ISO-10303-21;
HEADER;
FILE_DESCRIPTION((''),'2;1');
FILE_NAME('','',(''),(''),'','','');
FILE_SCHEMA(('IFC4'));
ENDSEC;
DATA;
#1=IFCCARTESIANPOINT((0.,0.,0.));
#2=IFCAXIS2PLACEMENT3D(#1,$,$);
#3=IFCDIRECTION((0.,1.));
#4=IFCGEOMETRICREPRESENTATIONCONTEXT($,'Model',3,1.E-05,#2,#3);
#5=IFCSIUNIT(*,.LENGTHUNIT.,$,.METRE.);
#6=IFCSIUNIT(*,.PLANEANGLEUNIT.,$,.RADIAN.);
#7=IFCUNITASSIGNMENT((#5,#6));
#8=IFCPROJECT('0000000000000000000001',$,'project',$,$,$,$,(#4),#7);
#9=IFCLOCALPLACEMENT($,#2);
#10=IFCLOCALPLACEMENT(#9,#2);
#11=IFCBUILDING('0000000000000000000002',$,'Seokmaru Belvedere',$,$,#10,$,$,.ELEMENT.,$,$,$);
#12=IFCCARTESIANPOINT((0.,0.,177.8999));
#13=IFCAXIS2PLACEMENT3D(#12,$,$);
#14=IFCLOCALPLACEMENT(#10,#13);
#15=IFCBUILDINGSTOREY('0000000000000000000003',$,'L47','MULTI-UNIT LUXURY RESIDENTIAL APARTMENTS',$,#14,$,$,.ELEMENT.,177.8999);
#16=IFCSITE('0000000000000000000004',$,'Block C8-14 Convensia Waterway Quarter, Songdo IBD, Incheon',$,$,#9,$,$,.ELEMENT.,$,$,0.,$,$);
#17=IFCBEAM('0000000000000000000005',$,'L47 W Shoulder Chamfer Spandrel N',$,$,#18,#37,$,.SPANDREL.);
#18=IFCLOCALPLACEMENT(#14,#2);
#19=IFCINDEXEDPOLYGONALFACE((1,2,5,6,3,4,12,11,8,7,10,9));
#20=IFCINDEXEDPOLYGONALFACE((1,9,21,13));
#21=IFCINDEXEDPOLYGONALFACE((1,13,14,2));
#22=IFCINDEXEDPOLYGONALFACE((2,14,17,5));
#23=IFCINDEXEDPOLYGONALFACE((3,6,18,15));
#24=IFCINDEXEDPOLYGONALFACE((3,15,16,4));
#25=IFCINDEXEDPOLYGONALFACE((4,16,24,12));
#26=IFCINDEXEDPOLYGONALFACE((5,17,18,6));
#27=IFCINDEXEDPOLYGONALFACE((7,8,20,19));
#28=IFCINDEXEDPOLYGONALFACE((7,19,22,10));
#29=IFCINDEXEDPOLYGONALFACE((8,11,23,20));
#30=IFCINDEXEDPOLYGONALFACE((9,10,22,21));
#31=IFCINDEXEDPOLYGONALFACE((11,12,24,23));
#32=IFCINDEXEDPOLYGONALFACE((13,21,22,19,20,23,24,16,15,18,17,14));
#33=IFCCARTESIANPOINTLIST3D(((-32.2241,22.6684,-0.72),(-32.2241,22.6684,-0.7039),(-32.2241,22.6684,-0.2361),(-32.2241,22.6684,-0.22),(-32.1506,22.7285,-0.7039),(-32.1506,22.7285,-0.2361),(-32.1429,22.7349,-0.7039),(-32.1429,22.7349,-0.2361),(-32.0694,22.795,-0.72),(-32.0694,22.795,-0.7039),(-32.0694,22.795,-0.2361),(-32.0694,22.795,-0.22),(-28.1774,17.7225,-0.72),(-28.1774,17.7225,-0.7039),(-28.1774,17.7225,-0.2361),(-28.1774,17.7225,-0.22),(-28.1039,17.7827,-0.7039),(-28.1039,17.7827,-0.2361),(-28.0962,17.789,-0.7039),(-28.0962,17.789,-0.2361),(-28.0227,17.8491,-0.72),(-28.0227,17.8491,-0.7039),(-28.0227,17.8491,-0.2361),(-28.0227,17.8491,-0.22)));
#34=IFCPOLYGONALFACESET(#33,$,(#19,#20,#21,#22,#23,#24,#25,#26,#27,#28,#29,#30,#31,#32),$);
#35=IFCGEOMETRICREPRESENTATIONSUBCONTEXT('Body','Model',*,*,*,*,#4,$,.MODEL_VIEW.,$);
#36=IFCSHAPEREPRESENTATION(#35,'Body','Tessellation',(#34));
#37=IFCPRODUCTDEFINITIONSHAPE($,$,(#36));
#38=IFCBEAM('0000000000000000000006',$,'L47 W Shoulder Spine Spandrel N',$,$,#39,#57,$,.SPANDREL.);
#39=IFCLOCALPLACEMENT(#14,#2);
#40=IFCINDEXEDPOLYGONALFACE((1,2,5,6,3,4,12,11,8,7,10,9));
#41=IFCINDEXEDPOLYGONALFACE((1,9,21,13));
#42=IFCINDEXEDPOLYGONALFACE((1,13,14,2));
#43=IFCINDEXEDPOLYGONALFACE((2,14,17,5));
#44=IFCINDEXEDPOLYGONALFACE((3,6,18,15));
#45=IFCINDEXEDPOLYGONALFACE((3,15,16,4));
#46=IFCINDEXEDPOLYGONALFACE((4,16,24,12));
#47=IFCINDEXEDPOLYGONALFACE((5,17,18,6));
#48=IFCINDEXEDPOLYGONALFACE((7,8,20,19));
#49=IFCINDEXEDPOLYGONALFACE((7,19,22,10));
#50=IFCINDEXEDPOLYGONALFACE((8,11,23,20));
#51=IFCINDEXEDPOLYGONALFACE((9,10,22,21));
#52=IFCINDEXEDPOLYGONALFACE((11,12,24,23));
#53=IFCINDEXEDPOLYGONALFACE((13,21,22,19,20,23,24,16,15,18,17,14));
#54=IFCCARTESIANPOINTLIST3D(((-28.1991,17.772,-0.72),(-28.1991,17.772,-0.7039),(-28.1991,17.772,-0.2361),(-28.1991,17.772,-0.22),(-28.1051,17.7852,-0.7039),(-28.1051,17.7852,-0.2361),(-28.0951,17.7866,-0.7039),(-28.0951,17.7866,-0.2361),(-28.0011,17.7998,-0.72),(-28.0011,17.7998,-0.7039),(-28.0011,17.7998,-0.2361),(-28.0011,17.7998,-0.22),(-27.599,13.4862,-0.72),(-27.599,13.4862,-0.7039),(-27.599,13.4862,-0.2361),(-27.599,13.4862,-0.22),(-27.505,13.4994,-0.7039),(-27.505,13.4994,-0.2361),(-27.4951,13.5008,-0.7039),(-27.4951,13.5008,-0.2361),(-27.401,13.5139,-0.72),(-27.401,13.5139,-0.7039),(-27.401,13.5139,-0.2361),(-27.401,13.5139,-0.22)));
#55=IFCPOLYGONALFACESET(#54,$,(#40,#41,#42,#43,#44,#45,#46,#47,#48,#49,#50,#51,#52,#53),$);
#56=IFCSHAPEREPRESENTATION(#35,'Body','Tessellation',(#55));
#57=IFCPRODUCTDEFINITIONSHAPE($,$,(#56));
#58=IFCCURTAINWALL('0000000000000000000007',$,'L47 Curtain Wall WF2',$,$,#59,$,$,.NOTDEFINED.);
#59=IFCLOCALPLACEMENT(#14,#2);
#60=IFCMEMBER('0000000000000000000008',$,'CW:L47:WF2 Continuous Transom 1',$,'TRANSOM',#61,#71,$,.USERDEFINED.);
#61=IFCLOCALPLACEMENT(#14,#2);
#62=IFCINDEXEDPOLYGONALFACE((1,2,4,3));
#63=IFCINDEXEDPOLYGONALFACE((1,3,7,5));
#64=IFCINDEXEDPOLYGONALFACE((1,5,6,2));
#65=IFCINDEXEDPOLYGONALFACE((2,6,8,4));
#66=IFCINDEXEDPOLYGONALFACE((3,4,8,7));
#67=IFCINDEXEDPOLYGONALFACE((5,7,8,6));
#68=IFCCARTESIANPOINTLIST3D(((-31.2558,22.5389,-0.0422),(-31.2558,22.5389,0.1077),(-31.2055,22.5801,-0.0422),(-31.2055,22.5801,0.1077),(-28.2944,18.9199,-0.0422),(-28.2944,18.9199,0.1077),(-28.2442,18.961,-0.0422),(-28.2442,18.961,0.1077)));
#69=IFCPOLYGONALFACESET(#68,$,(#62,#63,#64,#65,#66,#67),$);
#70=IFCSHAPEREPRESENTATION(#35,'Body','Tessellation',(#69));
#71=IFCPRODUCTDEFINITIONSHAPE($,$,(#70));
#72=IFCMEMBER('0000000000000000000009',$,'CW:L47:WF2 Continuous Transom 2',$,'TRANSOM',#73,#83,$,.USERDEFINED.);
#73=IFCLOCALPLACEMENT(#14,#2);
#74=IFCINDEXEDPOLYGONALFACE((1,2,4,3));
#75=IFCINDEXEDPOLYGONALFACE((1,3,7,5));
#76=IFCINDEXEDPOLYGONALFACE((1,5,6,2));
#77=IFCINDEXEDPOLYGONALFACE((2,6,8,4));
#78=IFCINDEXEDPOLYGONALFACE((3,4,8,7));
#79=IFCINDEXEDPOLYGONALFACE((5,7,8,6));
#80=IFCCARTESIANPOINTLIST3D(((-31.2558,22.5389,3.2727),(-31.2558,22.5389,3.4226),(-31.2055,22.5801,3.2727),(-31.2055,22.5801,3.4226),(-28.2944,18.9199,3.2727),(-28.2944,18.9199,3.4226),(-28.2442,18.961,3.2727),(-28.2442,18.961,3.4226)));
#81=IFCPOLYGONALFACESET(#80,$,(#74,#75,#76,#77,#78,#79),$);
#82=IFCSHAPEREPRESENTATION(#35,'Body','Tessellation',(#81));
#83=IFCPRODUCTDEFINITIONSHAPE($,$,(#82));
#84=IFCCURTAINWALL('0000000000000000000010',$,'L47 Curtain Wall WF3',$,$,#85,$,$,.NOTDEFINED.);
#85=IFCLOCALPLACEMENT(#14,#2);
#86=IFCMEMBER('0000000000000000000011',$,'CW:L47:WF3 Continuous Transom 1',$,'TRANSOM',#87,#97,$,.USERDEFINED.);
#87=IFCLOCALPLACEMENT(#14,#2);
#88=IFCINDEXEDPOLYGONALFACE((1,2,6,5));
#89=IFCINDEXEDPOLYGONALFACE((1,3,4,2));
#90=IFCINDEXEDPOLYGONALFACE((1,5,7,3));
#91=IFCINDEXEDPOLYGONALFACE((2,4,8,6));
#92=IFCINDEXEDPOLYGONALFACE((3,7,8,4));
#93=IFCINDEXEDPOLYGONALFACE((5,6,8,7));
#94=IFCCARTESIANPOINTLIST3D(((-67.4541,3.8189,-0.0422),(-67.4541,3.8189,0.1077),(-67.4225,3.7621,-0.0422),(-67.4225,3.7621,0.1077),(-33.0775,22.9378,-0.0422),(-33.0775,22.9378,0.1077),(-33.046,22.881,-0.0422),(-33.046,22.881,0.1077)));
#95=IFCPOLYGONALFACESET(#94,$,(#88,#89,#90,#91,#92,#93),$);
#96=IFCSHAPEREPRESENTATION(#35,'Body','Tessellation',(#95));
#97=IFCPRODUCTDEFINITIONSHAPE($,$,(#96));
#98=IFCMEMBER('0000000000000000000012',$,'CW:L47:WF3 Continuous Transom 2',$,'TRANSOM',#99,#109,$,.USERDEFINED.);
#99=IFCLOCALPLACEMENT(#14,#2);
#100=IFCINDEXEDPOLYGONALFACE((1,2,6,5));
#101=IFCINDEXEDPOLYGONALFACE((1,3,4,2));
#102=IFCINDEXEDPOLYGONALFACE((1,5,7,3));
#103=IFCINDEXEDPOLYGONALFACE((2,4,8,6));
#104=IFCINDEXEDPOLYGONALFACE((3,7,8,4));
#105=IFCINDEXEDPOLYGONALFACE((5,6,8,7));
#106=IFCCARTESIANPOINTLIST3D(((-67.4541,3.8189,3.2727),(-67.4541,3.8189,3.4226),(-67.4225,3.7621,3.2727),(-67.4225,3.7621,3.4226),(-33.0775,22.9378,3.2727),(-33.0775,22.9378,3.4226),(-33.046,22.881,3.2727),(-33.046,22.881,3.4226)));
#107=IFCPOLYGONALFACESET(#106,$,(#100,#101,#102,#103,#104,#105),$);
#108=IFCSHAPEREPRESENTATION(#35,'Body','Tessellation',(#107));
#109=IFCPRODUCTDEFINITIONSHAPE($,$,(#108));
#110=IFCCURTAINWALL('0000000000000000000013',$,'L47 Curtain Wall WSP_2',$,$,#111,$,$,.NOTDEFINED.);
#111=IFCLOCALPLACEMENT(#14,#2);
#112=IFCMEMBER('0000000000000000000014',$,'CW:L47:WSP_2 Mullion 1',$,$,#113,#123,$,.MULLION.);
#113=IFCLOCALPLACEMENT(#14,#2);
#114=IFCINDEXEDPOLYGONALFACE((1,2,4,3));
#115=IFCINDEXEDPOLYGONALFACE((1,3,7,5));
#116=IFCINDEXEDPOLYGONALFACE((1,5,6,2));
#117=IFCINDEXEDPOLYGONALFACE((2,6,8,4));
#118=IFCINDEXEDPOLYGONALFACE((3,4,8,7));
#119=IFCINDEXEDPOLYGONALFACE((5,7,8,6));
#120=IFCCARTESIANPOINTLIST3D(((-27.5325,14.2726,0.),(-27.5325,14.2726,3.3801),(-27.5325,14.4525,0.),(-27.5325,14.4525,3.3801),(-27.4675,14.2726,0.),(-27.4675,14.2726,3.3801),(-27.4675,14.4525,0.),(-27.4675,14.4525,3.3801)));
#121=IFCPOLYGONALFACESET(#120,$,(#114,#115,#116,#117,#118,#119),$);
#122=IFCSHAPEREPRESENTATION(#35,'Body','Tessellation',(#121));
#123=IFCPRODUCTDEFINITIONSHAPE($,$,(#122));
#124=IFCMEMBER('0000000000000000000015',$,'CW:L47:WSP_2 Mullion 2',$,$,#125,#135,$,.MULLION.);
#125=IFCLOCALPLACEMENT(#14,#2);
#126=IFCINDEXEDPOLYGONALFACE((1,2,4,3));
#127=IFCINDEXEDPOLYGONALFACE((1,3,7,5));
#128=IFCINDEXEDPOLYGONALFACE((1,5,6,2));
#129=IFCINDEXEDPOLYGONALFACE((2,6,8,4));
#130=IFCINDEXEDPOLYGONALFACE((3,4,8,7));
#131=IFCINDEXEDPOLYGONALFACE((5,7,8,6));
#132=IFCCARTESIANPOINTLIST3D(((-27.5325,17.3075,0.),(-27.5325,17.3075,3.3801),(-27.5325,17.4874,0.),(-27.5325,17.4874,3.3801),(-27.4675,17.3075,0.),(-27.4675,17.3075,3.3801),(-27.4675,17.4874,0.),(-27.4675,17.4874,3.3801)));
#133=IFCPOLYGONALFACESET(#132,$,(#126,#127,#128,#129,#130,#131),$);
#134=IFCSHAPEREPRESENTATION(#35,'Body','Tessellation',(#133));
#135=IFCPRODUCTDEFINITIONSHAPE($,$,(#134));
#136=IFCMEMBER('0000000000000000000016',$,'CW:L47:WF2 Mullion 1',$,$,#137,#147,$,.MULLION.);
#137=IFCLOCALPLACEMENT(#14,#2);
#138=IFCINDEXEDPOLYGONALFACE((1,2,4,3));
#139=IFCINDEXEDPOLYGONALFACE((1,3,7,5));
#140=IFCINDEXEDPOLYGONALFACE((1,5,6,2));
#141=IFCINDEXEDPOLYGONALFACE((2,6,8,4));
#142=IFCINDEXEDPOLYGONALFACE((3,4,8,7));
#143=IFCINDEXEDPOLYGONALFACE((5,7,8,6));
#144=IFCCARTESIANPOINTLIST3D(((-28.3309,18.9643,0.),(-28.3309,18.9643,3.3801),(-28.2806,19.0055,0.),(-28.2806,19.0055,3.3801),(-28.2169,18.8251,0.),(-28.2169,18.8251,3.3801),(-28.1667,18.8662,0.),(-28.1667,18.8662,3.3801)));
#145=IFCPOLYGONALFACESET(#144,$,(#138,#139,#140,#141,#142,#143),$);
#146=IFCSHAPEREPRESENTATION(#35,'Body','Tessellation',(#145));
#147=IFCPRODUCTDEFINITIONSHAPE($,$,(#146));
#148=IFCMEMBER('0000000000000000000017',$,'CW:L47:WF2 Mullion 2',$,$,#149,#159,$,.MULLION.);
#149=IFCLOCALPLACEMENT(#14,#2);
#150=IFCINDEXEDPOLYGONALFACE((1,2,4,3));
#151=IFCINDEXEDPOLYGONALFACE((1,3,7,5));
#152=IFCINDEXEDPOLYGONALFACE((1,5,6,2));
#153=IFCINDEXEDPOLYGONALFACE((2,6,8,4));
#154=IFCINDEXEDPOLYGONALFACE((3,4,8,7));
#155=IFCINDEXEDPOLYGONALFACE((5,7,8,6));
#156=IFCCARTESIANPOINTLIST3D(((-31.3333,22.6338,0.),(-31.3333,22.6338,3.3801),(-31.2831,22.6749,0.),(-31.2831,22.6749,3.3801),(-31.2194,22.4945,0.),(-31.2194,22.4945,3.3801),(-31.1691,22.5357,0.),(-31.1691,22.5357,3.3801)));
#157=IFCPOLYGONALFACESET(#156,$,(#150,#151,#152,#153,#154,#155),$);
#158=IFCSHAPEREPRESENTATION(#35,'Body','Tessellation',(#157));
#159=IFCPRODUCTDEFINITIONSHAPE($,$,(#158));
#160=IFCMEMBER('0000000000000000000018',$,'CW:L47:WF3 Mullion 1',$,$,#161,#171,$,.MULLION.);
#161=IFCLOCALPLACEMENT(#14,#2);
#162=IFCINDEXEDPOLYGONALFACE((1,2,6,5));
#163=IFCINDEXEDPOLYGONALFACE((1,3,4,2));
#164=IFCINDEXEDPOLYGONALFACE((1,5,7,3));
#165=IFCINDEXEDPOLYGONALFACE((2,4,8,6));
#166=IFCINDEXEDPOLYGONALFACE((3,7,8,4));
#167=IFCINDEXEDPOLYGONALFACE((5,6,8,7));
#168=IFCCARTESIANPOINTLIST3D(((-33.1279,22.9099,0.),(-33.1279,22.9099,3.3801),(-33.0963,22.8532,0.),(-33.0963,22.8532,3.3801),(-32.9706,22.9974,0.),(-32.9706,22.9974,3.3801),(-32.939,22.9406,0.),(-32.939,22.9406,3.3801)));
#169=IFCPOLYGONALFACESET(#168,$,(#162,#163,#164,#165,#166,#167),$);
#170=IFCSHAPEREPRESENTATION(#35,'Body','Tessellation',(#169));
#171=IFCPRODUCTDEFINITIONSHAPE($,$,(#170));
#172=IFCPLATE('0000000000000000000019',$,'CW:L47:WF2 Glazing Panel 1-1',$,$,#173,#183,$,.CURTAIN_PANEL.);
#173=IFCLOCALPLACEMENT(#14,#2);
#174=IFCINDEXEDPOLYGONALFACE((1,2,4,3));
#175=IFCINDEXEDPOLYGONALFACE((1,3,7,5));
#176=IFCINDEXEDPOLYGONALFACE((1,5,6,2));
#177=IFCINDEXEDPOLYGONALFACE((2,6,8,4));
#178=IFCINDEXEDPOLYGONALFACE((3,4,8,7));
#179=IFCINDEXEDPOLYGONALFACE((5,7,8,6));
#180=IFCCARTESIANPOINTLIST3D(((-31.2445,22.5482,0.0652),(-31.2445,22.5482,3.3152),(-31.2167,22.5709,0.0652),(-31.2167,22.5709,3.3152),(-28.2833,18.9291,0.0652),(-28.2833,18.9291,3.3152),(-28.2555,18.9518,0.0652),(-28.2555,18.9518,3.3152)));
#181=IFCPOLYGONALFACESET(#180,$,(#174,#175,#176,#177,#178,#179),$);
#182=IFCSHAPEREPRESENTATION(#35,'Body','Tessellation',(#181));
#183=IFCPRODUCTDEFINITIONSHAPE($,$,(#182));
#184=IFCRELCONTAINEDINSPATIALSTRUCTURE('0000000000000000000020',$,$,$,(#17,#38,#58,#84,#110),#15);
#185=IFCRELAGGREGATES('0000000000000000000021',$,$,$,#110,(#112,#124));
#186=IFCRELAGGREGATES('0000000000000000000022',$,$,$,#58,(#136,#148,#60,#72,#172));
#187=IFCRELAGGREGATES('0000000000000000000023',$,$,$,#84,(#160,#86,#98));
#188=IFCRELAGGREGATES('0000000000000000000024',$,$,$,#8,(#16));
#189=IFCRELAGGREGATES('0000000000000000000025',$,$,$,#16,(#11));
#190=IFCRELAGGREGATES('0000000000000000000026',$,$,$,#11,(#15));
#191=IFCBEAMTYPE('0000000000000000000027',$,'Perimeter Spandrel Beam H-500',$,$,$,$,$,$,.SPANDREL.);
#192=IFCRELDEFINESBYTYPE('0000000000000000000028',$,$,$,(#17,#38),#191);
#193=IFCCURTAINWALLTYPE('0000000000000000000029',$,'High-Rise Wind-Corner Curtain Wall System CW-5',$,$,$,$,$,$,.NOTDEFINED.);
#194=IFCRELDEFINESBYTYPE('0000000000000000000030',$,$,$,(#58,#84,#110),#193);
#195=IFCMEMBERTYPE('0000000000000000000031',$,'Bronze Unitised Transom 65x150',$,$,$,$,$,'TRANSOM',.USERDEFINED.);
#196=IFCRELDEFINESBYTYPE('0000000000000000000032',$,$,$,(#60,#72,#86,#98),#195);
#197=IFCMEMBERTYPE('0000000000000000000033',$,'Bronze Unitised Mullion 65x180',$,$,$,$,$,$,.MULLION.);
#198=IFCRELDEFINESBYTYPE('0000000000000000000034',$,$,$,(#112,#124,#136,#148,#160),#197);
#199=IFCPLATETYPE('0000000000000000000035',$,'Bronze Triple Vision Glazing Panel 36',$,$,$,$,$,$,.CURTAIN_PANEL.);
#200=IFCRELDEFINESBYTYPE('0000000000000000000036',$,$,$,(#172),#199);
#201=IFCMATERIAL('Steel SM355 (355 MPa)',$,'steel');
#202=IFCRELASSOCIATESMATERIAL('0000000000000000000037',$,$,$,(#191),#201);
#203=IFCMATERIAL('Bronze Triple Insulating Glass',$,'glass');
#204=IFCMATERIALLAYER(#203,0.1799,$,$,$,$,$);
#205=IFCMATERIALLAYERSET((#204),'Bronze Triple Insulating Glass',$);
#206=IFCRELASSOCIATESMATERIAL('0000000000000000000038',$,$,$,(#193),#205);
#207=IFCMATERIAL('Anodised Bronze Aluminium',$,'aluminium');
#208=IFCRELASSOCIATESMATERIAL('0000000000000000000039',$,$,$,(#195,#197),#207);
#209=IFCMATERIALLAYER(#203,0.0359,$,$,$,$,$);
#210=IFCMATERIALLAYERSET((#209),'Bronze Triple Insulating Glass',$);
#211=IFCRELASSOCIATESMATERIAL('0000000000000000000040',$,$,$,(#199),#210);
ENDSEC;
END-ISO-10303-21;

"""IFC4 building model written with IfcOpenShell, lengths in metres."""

from ifc_helpers import new_model, si_unit, direction, frame, origin, origin_2d, place, context, subcontext, project, spatial, rectangle, i_section, extrude, source, transform, mapped, material, layer, layer_set, material_profile, profile_set, type_object, type_shapes, element, aggregate, save


model = new_model("IFC4")

# Units and contexts
model_context = context("Model", 3, precision=1e-05, world=origin(), true_north=direction((0.0, 1.0)))
body_context = subcontext(model_context, "Body", "Model", "MODEL_VIEW")
ifc_project = project(units=[si_unit("LENGTHUNIT", "METRE"), si_unit("PLANEANGLEUNIT", "RADIAN")], contexts=[model_context])

# Site, building, storey
site_placement = place(None, origin())
site = spatial("IfcSite", under=ifc_project, at=site_placement, Name="Block C8-14 Convensia Waterway Quarter, Songdo IBD, Incheon", CompositionType="ELEMENT", RefElevation=0.0)
building_placement = place(site_placement, origin())
building = spatial("IfcBuilding", under=site, at=building_placement, Name="Seokmaru Belvedere", CompositionType="ELEMENT")
storey_placement = place(building_placement, frame((0.0, 0.0, 177.8999)))
storey = spatial("IfcBuildingStorey", under=building, at=storey_placement, Name="L47", Description="MULTI-UNIT LUXURY RESIDENTIAL APARTMENTS", CompositionType="ELEMENT", Elevation=177.8999)

# Shared definitions
ifc_material_1 = material(Name="Steel SM355 (355 MPa)", Category="steel")

# Beams
ifc_material_profile_1 = material_profile(ifc_material_1, i_section(OverallWidth=0.2, OverallDepth=0.5, WebThickness=0.01, FlangeThickness=0.0161, at=origin_2d()), Name="H-500x200x10x16")
ifc_profile_set_1 = profile_set([ifc_material_profile_1], Name="Steel SM355 (355 MPa)")
beam_type_1 = type_object("IfcBeamType", Name="Perimeter Spandrel Beam H-500", PredefinedType="SPANDREL", material=ifc_profile_set_1)
shared_shape_1 = source(origin(), body_context, "Body", "SweptSolid", [
    extrude(i_section(OverallWidth=0.2, OverallDepth=0.5, WebThickness=0.01, FlangeThickness=0.0161, at=origin_2d()), origin(), (0.0, 0.0, 1.0), 6.3904),
])
beam_1_placement = place(storey_placement, frame((-32.1467, 22.7317, -0.47), z_axis=(0.633244, -0.773952, 0.0), x_axis=(0.773952, 0.633244, 0.0)))
element("IfcBeam", 1, at=beam_1_placement, inside=storey, type_object=beam_type_1, Name="L47 W Shoulder Chamfer Spandrel N", PredefinedType="SPANDREL", context=body_context, shape_type="MappedRepresentation", body=[
    mapped(shared_shape_1, transform((0.0, 0.0, 0.0), scale=1.0)),
])
shared_shape_2 = source(origin(), body_context, "Body", "SweptSolid", [
    extrude(i_section(OverallWidth=0.2, OverallDepth=0.5, WebThickness=0.01, FlangeThickness=0.0161, at=origin_2d()), origin(), (0.0, 0.0, 1.0), 4.3276),
])
beam_2_placement = place(storey_placement, frame((-28.1001, 17.7859, -0.47), z_axis=(0.138664, -0.990339, 0.0), x_axis=(0.990339, 0.138664, 0.0)))
element("IfcBeam", 2, at=beam_2_placement, inside=storey, type_object=beam_type_1, Name="L47 W Shoulder Spine Spandrel N", PredefinedType="SPANDREL", context=body_context, shape_type="MappedRepresentation", body=[
    mapped(shared_shape_2, transform((0.0, 0.0, 0.0), scale=1.0)),
])

# Curtain walls, members
ifc_material_2 = material(Name="Bronze Triple Insulating Glass", Category="glass")
ifc_layer_1 = layer(ifc_material_2, 0.1799)
ifc_layer_set_1 = layer_set([ifc_layer_1], Name="Bronze Triple Insulating Glass")
curtain_wall_type = type_object("IfcCurtainWallType", Name="High-Rise Wind-Corner Curtain Wall System CW-5", PredefinedType="NOTDEFINED", material=ifc_layer_set_1)
curtain_wall_1_placement = place(storey_placement, origin())
curtain_wall_1 = element("IfcCurtainWall", 3, at=curtain_wall_1_placement, inside=storey, type_object=curtain_wall_type, Name="L47 Curtain Wall WF2", PredefinedType="NOTDEFINED")
ifc_material_3 = material(Name="Anodised Bronze Aluminium", Category="aluminium")
ifc_material_profile_2 = material_profile(ifc_material_3, rectangle(XDim=0.0649, YDim=0.1499, at=origin_2d()), Name="CW-T-65x150")
ifc_profile_set_2 = profile_set([ifc_material_profile_2], Name="Anodised Bronze Aluminium")
member_type_1 = type_object("IfcMemberType", Name="Bronze Unitised Transom 65x150", ElementType="TRANSOM", PredefinedType="USERDEFINED", material=ifc_profile_set_2)
shared_shape_3 = source(origin(), body_context, "Body", "SweptSolid", [
    extrude(rectangle(XDim=0.0649, YDim=0.1499, at=origin_2d()), origin(), (0.0, 0.0, 1.0), 4.6763),
])
member_1_placement = place(storey_placement, frame((-28.2693, 18.9404, 0.0327), z_axis=(-0.633278, 0.773925, 0.0), x_axis=(-0.773925, -0.633278, 0.0)))
member_1 = element("IfcMember", 4, at=member_1_placement, type_object=member_type_1, Name="CW:L47:WF2 Continuous Transom 1", ObjectType="TRANSOM", PredefinedType="USERDEFINED", context=body_context, shape_type="MappedRepresentation", body=[
    mapped(shared_shape_3, transform((0.0, 0.0, 0.0), scale=1.0)),
])
member_2_placement = place(storey_placement, frame((-28.2693, 18.9404, 3.3477), z_axis=(-0.633278, 0.773925, 0.0), x_axis=(-0.773925, -0.633278, 0.0)))
member_2 = element("IfcMember", 5, at=member_2_placement, type_object=member_type_1, Name="CW:L47:WF2 Continuous Transom 2", ObjectType="TRANSOM", PredefinedType="USERDEFINED", context=body_context, shape_type="MappedRepresentation", body=[
    mapped(shared_shape_3, transform((0.0, 0.0, 0.0), scale=1.0)),
])
curtain_wall_2_placement = place(storey_placement, origin())
curtain_wall_2 = element("IfcCurtainWall", 6, at=curtain_wall_2_placement, inside=storey, type_object=curtain_wall_type, Name="L47 Curtain Wall WF3", PredefinedType="NOTDEFINED")
shared_shape_4 = source(origin(), body_context, "Body", "SweptSolid", [
    extrude(rectangle(XDim=0.0649, YDim=0.1499, at=origin_2d()), origin(), (0.0, 0.0, 1.0), 39.3354),
])
type_shapes(member_type_1, [shared_shape_3, shared_shape_4])
member_3_placement = place(storey_placement, frame((-33.0618, 22.9094, 0.0327), z_axis=(-0.873932, -0.486048, 0.0), x_axis=(0.486048, -0.873932, 0.0)))
member_3 = element("IfcMember", 7, at=member_3_placement, type_object=member_type_1, Name="CW:L47:WF3 Continuous Transom 1", ObjectType="TRANSOM", PredefinedType="USERDEFINED", context=body_context, shape_type="MappedRepresentation", body=[
    mapped(shared_shape_4, transform((0.0, 0.0, 0.0), scale=1.0)),
])
member_4_placement = place(storey_placement, frame((-33.0618, 22.9094, 3.3477), z_axis=(-0.873932, -0.486048, 0.0), x_axis=(0.486048, -0.873932, 0.0)))
member_4 = element("IfcMember", 8, at=member_4_placement, type_object=member_type_1, Name="CW:L47:WF3 Continuous Transom 2", ObjectType="TRANSOM", PredefinedType="USERDEFINED", context=body_context, shape_type="MappedRepresentation", body=[
    mapped(shared_shape_4, transform((0.0, 0.0, 0.0), scale=1.0)),
])
curtain_wall_3_placement = place(storey_placement, origin())
curtain_wall_3 = element("IfcCurtainWall", 9, at=curtain_wall_3_placement, inside=storey, type_object=curtain_wall_type, Name="L47 Curtain Wall WSP_2", PredefinedType="NOTDEFINED")
ifc_material_profile_3 = material_profile(ifc_material_3, rectangle(XDim=0.0649, YDim=0.1799, at=origin_2d()), Name="CW-M-65x180")
ifc_profile_set_3 = profile_set([ifc_material_profile_3], Name="Anodised Bronze Aluminium")
member_type_2 = type_object("IfcMemberType", Name="Bronze Unitised Mullion 65x180", PredefinedType="MULLION", material=ifc_profile_set_3)
shared_shape_5 = source(origin(), body_context, "Body", "SweptSolid", [
    extrude(rectangle(XDim=0.0649, YDim=0.1799, at=origin_2d()), origin(), (0.0, 0.0, 1.0), 3.3801),
])
type_shapes(member_type_2, [shared_shape_5])
member_5_placement = place(storey_placement, frame((-27.5, 14.3625, 0.0), z_axis=(0.0, 0.0, 1.0), x_axis=(-1.0, 0.0, 0.0)))
member_5 = element("IfcMember", 10, at=member_5_placement, type_object=member_type_2, Name="CW:L47:WSP_2 Mullion 1", PredefinedType="MULLION", context=body_context, shape_type="MappedRepresentation", body=[
    mapped(shared_shape_5, transform((0.0, 0.0, 0.0), scale=1.0)),
])
member_6_placement = place(storey_placement, frame((-27.5, 17.3975, 0.0), z_axis=(0.0, 0.0, 1.0), x_axis=(-1.0, 0.0, 0.0)))
member_6 = element("IfcMember", 11, at=member_6_placement, type_object=member_type_2, Name="CW:L47:WSP_2 Mullion 2", PredefinedType="MULLION", context=body_context, shape_type="MappedRepresentation", body=[
    mapped(shared_shape_5, transform((0.0, 0.0, 0.0), scale=1.0)),
])
aggregate(curtain_wall_3, [member_5, member_6])

# Members
member_7_placement = place(storey_placement, frame((-28.2488, 18.9153, 0.0), z_axis=(0.0, 0.0, 1.0), x_axis=(-0.773944, -0.633254, 0.0)))
member_7 = element("IfcMember", 12, at=member_7_placement, type_object=member_type_2, Name="CW:L47:WF2 Mullion 1", PredefinedType="MULLION", context=body_context, shape_type="MappedRepresentation", body=[
    mapped(shared_shape_5, transform((0.0, 0.0, 0.0), scale=1.0)),
])
member_8_placement = place(storey_placement, frame((-31.2512, 22.5847, 0.0), z_axis=(0.0, 0.0, 1.0), x_axis=(-0.773944, -0.633254, 0.0)))
member_8 = element("IfcMember", 13, at=member_8_placement, type_object=member_type_2, Name="CW:L47:WF2 Mullion 2", PredefinedType="MULLION", context=body_context, shape_type="MappedRepresentation", body=[
    mapped(shared_shape_5, transform((0.0, 0.0, 0.0), scale=1.0)),
])
member_9_placement = place(storey_placement, frame((-33.0334, 22.9253, 0.0), z_axis=(0.0, 0.0, 1.0), x_axis=(0.486047, -0.873933, 0.0)))
member_9 = element("IfcMember", 14, at=member_9_placement, type_object=member_type_2, Name="CW:L47:WF3 Mullion 1", PredefinedType="MULLION", context=body_context, shape_type="MappedRepresentation", body=[
    mapped(shared_shape_5, transform((0.0, 0.0, 0.0), scale=1.0)),
])

# Plate
ifc_layer_2 = layer(ifc_material_2, 0.0359)
ifc_layer_set_2 = layer_set([ifc_layer_2], Name="Bronze Triple Insulating Glass")
plate_type = type_object("IfcPlateType", Name="Bronze Triple Vision Glazing Panel 36", PredefinedType="CURTAIN_PANEL", material=ifc_layer_set_2)
shared_shape_6 = source(origin(), body_context, "Body", "SweptSolid", [
    extrude(rectangle(XDim=4.6763, YDim=0.0359, at=origin_2d()), origin(), (0.0, 0.0, 1.0), 3.25),
])
plate_1_placement = place(storey_placement, frame((-29.75, 20.75, 0.0652), z_axis=(0.0, 0.0, 1.0), x_axis=(-0.633254, 0.773944, 0.0)))
plate_1 = element("IfcPlate", 15, at=plate_1_placement, type_object=plate_type, Name="CW:L47:WF2 Glazing Panel 1-1", PredefinedType="CURTAIN_PANEL", context=body_context, shape_type="MappedRepresentation", body=[
    mapped(shared_shape_6, transform((0.0, 0.0, 0.0), scale=1.0)),
])
aggregate(curtain_wall_1, [member_7, member_8, member_1, member_2, plate_1])
aggregate(curtain_wall_2, [member_9, member_3, member_4])

save(model, "model.ifc")
